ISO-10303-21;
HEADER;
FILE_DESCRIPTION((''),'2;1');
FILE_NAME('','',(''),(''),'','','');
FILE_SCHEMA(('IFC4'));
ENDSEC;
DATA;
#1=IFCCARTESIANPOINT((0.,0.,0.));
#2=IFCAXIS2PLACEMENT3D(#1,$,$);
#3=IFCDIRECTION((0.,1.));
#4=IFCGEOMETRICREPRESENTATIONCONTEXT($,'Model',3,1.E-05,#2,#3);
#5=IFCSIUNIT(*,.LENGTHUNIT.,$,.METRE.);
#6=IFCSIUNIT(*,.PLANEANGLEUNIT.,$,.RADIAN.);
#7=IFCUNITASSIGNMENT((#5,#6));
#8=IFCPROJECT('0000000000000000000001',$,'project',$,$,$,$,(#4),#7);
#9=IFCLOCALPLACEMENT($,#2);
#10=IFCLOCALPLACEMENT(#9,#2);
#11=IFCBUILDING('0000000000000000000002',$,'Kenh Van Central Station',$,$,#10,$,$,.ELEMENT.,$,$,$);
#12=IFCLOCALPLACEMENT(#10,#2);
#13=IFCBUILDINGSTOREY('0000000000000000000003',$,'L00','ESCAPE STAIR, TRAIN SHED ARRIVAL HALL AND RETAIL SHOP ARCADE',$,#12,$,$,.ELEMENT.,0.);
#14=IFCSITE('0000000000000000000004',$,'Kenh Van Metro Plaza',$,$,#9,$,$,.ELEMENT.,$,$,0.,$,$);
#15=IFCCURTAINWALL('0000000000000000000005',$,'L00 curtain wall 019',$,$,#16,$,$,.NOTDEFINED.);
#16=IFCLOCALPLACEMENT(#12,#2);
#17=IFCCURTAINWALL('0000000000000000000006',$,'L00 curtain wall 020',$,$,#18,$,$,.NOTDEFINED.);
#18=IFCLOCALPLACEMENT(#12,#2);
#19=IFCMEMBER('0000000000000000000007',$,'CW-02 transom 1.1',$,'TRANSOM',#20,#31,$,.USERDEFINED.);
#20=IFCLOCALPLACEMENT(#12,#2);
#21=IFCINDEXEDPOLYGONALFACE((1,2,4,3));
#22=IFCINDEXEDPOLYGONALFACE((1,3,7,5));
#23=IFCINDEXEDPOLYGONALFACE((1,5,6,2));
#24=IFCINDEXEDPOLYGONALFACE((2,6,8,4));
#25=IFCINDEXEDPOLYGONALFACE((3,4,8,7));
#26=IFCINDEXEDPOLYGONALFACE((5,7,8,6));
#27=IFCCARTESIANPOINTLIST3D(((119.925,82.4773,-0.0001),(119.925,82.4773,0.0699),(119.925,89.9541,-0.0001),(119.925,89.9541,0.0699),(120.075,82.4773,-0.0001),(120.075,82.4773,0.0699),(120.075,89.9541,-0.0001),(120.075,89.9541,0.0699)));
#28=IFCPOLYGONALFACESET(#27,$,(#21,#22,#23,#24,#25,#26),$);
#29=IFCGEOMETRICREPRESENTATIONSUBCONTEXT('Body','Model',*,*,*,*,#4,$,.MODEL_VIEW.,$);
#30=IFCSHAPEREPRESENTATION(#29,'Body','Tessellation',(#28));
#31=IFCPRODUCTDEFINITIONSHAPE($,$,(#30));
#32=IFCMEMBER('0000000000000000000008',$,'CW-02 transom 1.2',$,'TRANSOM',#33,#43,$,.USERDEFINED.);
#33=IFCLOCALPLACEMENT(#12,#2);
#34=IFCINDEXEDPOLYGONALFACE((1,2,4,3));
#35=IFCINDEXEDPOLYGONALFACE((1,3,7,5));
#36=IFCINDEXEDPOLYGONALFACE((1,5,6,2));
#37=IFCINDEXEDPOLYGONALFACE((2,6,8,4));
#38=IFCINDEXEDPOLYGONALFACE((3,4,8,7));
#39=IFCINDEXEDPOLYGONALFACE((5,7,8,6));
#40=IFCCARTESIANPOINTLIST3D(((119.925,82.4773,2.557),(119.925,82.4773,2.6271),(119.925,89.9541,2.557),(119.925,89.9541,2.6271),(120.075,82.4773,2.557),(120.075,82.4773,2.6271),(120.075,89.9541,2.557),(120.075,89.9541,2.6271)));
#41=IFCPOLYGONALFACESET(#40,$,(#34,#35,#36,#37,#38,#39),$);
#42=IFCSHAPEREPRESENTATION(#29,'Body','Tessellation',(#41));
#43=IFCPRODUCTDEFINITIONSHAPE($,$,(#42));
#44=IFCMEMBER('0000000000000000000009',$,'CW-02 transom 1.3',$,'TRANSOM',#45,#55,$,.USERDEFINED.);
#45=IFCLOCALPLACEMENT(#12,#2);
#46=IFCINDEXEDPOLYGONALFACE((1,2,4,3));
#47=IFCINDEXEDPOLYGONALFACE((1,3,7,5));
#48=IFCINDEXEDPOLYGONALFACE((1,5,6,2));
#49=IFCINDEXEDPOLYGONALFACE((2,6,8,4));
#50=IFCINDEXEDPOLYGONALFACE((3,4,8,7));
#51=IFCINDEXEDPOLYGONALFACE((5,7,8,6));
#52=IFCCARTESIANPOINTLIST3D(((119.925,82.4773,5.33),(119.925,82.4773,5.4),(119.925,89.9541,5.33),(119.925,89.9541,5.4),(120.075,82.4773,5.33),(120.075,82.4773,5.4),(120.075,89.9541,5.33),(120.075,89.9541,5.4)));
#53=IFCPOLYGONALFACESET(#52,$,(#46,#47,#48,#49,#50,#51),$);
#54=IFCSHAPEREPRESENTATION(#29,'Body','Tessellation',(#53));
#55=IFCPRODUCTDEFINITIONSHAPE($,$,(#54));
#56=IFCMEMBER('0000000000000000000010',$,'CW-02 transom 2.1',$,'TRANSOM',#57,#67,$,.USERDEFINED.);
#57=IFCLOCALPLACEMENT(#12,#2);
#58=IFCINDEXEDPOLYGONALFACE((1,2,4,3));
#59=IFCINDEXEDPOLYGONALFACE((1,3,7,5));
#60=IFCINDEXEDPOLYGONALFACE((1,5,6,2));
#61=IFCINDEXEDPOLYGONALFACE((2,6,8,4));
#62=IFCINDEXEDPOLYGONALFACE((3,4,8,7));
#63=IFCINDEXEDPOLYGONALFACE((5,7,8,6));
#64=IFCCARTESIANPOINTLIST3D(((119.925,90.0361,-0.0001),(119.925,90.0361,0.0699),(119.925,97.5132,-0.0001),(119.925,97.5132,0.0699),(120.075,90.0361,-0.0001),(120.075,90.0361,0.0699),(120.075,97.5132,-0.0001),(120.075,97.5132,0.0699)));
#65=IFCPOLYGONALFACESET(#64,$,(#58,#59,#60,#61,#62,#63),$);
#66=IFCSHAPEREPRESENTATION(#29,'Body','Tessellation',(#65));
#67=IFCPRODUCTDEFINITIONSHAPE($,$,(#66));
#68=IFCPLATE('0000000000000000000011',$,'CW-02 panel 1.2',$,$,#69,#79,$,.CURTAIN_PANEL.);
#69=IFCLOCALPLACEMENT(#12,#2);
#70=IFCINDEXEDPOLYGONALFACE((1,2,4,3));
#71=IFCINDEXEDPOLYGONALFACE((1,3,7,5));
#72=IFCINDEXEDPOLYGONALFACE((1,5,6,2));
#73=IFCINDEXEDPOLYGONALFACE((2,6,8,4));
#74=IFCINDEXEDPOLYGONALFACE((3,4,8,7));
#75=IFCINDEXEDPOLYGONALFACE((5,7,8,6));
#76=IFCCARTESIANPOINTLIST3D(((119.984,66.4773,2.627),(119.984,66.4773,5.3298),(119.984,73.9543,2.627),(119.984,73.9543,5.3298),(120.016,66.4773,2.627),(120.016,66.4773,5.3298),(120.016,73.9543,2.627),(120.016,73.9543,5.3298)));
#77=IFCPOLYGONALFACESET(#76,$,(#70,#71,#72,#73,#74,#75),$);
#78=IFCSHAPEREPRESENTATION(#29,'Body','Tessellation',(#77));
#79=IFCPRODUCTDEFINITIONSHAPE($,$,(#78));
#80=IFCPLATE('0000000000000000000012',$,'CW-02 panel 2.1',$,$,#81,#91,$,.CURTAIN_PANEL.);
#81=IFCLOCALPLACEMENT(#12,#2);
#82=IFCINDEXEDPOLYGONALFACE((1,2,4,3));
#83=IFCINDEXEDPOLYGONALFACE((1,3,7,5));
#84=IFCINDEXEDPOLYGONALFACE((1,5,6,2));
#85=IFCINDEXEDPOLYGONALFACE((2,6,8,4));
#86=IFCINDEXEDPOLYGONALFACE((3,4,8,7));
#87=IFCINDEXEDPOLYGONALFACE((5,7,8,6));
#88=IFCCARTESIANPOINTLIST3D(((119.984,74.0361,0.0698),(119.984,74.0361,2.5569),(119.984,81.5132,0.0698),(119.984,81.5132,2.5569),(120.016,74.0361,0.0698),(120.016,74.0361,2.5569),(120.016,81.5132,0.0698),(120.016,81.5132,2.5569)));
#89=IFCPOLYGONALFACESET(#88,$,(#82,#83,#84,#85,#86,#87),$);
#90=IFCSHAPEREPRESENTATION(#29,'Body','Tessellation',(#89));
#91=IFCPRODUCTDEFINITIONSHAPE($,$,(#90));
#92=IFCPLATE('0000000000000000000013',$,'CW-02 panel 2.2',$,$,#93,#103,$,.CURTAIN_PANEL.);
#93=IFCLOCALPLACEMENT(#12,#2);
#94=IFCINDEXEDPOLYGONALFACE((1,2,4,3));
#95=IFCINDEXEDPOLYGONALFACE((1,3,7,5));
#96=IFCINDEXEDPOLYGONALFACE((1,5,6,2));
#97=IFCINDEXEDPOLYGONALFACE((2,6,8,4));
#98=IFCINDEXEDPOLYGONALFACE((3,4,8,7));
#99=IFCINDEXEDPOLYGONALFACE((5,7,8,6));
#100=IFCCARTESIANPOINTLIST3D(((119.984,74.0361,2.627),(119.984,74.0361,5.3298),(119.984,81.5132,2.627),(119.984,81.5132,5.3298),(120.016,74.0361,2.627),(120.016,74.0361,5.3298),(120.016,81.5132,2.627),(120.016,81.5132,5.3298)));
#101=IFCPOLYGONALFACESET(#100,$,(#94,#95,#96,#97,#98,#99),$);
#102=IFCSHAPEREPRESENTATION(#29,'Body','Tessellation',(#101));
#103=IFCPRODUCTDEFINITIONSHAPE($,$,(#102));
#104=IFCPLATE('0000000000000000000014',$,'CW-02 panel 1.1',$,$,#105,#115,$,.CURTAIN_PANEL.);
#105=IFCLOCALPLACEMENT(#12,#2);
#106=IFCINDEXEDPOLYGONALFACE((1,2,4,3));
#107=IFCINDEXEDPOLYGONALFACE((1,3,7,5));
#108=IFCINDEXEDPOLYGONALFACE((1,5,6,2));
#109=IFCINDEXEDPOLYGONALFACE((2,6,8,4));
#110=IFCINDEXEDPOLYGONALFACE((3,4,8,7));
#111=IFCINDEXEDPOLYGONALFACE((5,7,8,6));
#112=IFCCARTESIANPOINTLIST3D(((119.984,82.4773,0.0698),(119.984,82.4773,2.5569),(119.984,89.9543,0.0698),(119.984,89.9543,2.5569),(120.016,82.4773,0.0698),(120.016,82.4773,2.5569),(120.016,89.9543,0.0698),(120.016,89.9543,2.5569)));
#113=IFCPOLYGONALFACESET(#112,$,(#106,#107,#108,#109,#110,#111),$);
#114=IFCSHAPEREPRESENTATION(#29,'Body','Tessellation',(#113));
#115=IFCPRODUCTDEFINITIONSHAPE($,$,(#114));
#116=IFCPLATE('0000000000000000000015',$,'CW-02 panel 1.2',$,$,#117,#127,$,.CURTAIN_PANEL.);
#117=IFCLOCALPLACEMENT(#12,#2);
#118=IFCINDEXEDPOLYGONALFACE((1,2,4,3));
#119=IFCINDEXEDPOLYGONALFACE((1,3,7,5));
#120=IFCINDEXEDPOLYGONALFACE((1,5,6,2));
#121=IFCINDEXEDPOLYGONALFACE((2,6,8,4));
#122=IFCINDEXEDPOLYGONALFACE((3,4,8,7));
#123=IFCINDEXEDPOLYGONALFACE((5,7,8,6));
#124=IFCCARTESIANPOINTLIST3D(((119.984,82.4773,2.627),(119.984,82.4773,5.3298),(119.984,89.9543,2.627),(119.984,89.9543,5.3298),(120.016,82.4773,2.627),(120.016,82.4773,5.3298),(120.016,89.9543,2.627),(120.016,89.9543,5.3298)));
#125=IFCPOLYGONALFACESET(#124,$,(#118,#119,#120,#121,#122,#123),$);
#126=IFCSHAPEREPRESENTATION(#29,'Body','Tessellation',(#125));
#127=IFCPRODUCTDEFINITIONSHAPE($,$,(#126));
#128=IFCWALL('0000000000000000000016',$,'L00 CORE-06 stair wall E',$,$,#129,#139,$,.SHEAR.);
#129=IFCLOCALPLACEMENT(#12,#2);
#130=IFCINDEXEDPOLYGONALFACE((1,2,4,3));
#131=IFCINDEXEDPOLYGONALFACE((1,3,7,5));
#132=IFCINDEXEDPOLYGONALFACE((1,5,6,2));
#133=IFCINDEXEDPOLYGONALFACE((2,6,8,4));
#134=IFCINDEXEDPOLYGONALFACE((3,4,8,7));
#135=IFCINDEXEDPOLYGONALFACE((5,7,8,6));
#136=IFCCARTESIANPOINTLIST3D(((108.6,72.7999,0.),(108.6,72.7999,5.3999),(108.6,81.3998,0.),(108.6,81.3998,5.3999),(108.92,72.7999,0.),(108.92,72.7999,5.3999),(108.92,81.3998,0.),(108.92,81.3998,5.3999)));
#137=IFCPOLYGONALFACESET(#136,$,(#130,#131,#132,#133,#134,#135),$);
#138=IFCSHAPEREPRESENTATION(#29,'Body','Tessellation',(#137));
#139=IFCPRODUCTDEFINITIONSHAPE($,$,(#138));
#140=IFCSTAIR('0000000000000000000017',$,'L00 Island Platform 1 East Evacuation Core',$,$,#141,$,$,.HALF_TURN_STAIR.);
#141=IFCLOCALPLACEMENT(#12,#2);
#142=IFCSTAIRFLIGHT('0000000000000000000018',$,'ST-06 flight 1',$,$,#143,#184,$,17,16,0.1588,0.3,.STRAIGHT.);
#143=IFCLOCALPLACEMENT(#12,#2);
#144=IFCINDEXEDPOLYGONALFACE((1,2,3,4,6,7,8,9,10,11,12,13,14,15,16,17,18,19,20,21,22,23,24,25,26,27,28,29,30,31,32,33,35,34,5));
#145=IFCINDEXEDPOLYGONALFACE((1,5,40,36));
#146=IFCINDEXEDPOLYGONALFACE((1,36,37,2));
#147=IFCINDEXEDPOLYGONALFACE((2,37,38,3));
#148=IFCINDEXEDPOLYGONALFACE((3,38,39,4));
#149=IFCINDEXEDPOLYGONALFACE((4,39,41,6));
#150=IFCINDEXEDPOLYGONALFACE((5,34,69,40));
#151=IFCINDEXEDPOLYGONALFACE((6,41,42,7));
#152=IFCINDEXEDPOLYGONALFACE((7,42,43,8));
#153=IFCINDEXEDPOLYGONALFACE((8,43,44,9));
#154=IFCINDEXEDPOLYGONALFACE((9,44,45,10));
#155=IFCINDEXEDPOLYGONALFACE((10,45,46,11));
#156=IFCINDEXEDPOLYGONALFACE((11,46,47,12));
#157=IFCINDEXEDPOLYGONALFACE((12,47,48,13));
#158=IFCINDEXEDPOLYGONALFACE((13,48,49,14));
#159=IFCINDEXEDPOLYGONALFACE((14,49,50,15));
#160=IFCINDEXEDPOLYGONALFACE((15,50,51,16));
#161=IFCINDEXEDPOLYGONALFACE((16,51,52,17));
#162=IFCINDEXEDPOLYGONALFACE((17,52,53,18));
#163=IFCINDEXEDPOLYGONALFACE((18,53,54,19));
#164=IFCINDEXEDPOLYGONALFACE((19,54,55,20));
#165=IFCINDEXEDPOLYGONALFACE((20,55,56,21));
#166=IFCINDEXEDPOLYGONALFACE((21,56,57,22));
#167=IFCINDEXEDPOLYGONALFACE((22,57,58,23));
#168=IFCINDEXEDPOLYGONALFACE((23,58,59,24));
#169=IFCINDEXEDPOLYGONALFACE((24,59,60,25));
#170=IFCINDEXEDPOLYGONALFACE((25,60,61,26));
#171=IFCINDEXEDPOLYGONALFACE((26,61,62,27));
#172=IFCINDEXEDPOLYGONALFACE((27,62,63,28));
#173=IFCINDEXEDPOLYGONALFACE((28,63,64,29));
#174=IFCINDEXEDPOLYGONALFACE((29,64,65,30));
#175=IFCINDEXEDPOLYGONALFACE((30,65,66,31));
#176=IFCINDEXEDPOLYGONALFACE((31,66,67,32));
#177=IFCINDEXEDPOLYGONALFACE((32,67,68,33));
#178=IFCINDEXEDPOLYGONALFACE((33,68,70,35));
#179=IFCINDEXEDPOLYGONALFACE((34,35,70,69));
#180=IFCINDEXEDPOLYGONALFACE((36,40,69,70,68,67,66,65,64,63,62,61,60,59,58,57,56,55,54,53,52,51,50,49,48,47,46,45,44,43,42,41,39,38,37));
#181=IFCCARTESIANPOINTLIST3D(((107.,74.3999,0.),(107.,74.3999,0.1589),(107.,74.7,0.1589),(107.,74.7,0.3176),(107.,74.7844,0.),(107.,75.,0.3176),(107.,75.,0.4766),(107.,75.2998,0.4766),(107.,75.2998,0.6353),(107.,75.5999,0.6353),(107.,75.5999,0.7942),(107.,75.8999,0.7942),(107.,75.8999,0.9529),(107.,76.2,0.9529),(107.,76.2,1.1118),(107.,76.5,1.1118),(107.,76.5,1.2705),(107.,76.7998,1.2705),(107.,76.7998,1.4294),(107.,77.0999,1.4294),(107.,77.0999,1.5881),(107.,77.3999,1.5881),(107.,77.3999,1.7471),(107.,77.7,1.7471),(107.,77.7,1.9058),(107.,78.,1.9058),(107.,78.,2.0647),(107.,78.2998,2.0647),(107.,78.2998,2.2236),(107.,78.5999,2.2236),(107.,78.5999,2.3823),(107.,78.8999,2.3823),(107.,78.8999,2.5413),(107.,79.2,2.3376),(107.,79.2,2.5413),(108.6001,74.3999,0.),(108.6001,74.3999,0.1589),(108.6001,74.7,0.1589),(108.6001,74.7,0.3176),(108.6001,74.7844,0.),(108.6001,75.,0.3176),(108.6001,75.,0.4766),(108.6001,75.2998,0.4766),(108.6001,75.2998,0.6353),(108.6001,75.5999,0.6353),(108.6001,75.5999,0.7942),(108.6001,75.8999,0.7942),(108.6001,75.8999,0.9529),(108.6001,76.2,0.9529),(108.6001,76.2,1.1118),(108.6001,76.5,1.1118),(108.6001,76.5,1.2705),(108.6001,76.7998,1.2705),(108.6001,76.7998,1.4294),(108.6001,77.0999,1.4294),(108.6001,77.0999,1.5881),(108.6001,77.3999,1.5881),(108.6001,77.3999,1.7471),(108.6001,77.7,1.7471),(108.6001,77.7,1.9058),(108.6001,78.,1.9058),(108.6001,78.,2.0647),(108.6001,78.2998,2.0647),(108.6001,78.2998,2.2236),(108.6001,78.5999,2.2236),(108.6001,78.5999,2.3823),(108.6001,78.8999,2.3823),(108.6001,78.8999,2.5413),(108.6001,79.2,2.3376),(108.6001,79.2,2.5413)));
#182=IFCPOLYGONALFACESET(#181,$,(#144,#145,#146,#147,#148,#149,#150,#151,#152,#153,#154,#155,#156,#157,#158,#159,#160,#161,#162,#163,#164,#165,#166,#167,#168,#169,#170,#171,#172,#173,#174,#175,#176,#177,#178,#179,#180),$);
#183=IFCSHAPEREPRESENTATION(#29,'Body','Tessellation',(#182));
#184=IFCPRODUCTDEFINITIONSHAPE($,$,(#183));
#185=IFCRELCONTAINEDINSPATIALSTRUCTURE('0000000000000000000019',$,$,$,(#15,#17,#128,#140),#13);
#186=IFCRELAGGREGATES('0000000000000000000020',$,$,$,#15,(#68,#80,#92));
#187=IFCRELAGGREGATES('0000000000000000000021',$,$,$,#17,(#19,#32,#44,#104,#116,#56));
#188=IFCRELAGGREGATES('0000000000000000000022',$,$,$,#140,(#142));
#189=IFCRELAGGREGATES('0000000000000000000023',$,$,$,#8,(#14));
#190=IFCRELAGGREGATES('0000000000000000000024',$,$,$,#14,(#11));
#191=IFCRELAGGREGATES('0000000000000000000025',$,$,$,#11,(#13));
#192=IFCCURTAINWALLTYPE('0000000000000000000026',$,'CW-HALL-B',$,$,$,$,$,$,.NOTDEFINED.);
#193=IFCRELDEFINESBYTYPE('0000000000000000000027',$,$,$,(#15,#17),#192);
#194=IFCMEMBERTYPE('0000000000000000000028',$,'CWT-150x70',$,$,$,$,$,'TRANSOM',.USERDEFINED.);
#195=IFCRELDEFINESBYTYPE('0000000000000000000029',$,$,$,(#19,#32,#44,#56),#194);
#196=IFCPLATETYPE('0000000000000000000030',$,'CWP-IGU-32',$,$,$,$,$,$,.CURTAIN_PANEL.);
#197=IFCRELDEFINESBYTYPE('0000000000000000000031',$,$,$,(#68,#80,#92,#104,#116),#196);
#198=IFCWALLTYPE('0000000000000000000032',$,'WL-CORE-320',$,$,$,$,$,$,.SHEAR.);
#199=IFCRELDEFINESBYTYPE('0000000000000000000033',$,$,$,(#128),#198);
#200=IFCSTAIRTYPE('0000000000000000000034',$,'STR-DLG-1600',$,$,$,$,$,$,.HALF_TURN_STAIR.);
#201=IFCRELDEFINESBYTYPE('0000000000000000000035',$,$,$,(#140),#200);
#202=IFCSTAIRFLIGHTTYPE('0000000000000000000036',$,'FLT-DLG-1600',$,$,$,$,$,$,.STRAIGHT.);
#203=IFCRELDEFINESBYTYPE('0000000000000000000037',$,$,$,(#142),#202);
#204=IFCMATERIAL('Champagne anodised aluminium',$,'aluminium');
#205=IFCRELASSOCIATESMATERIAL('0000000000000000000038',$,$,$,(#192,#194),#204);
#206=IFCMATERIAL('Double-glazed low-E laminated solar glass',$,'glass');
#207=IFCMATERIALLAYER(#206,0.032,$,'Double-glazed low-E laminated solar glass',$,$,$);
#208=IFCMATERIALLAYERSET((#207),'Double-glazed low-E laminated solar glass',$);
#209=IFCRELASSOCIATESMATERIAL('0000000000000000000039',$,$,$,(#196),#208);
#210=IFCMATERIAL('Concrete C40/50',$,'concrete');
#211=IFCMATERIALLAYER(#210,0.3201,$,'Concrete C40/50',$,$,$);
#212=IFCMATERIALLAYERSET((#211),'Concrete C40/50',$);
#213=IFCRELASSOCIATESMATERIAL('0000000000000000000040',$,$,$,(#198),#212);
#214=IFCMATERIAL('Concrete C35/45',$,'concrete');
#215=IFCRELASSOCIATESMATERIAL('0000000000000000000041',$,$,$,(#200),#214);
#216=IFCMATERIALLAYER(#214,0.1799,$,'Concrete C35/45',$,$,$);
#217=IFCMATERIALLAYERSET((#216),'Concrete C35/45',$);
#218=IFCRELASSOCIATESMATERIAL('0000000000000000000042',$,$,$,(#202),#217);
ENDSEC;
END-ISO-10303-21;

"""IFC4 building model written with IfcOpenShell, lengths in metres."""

from ifc_helpers import new_model, si_unit, direction, frame, frame_2d, origin, origin_2d, place, context, subcontext, project, spatial, polyline, rectangle, outline, extrude, material, layer, layer_set, material_profile, profile_set, type_object, element, aggregate, save


model = new_model("IFC4")

# Units and contexts
model_context = context("Model", 3, precision=1e-05, world=origin(), true_north=direction((0.0, 1.0)))
body_context = subcontext(model_context, "Body", "Model", "MODEL_VIEW")
ifc_project = project(units=[si_unit("LENGTHUNIT", "METRE"), si_unit("PLANEANGLEUNIT", "RADIAN")], contexts=[model_context])

# Site, building, storey
site_placement = place(None, origin())
site = spatial("IfcSite", under=ifc_project, at=site_placement, Name="Kenh Van Metro Plaza", CompositionType="ELEMENT", RefElevation=0.0)
building_placement = place(site_placement, origin())
building = spatial("IfcBuilding", under=site, at=building_placement, Name="Kenh Van Central Station", CompositionType="ELEMENT")
storey_placement = place(building_placement, origin())
storey = spatial("IfcBuildingStorey", under=building, at=storey_placement, Name="L00", Description="ESCAPE STAIR, TRAIN SHED ARRIVAL HALL AND RETAIL SHOP ARCADE", CompositionType="ELEMENT", Elevation=0.0)

# Shared definitions
ifc_material_1 = material(Name="Concrete C40/50", Category="concrete")

# Curtain walls
ifc_material_2 = material(Name="Champagne anodised aluminium", Category="aluminium")
curtain_wall_type_1 = type_object("IfcCurtainWallType", Name="CW-HALL-B", PredefinedType="NOTDEFINED", material=ifc_material_2)
curtain_wall_1_placement = place(storey_placement, origin())
curtain_wall_1 = element("IfcCurtainWall", 1, at=curtain_wall_1_placement, inside=storey, type_object=curtain_wall_type_1, Name="L00 curtain wall 019", PredefinedType="NOTDEFINED")
curtain_wall_2_placement = place(storey_placement, origin())
curtain_wall_2 = element("IfcCurtainWall", 2, at=curtain_wall_2_placement, inside=storey, type_object=curtain_wall_type_1, Name="L00 curtain wall 020", PredefinedType="NOTDEFINED")

# Members
ifc_material_profile_1 = material_profile(ifc_material_2, rectangle(XDim=0.1499, YDim=0.0701, at=origin_2d()), Name="AL 150x70")
ifc_profile_set_1 = profile_set([ifc_material_profile_1], Name="Champagne anodised aluminium")
member_type_1 = type_object("IfcMemberType", Name="CWT-150x70", ElementType="TRANSOM", PredefinedType="USERDEFINED", material=ifc_profile_set_1)
member_1_placement = place(storey_placement, frame((120.0, 82.4773, 0.0349), z_axis=(0.0, 1.0, 0.0), x_axis=(-1.0, 0.0, 0.0)))
member_1 = element("IfcMember", 3, at=member_1_placement, type_object=member_type_1, Name="CW-02 transom 1.1", ObjectType="TRANSOM", PredefinedType="USERDEFINED", context=body_context, shape_type="SweptSolid", body=[
    extrude(rectangle(XDim=0.1499, YDim=0.0701, at=origin_2d()), origin(), (0.0, 0.0, 1.0), 7.4768),
])
member_2_placement = place(storey_placement, frame((120.0, 82.4773, 2.592), z_axis=(0.0, 1.0, 0.0), x_axis=(-1.0, 0.0, 0.0)))
member_2 = element("IfcMember", 4, at=member_2_placement, type_object=member_type_1, Name="CW-02 transom 1.2", ObjectType="TRANSOM", PredefinedType="USERDEFINED", context=body_context, shape_type="SweptSolid", body=[
    extrude(rectangle(XDim=0.1499, YDim=0.0701, at=origin_2d()), origin(), (0.0, 0.0, 1.0), 7.4768),
])
member_3_placement = place(storey_placement, frame((120.0, 82.4773, 5.365), z_axis=(0.0, 1.0, 0.0), x_axis=(-1.0, 0.0, 0.0)))
member_3 = element("IfcMember", 5, at=member_3_placement, type_object=member_type_1, Name="CW-02 transom 1.3", ObjectType="TRANSOM", PredefinedType="USERDEFINED", context=body_context, shape_type="SweptSolid", body=[
    extrude(rectangle(XDim=0.1499, YDim=0.0701, at=origin_2d()), origin(), (0.0, 0.0, 1.0), 7.4768),
])
member_4_placement = place(storey_placement, frame((120.0, 90.0361, 0.0349), z_axis=(0.0, 1.0, 0.0), x_axis=(-1.0, 0.0, 0.0)))
member_4 = element("IfcMember", 6, at=member_4_placement, type_object=member_type_1, Name="CW-02 transom 2.1", ObjectType="TRANSOM", PredefinedType="USERDEFINED", context=body_context, shape_type="SweptSolid", body=[
    extrude(rectangle(XDim=0.1499, YDim=0.0701, at=origin_2d()), origin(), (0.0, 0.0, 1.0), 7.4771),
])

# Plates
ifc_material_3 = material(Name="Double-glazed low-E laminated solar glass", Category="glass")
ifc_layer_1 = layer(ifc_material_3, 0.032, Name="Double-glazed low-E laminated solar glass")
ifc_layer_set_1 = layer_set([ifc_layer_1], Name="Double-glazed low-E laminated solar glass")
plate_type = type_object("IfcPlateType", Name="CWP-IGU-32", PredefinedType="CURTAIN_PANEL", material=ifc_layer_set_1)
plate_1_placement = place(storey_placement, frame((120.0, 70.2158, 2.627), z_axis=(0.0, 0.0, 1.0), x_axis=(0.0, 1.0, 0.0)))
plate_1 = element("IfcPlate", 7, at=plate_1_placement, type_object=plate_type, Name="CW-02 panel 1.2", PredefinedType="CURTAIN_PANEL", context=body_context, shape_type="SweptSolid", body=[
    extrude(rectangle(XDim=7.4771, YDim=0.032, at=origin_2d()), origin(), (0.0, 0.0, 1.0), 2.7029),
])
plate_2_placement = place(storey_placement, frame((120.0, 77.7747, 0.0698), z_axis=(0.0, 0.0, 1.0), x_axis=(0.0, 1.0, 0.0)))
plate_2 = element("IfcPlate", 8, at=plate_2_placement, type_object=plate_type, Name="CW-02 panel 2.1", PredefinedType="CURTAIN_PANEL", context=body_context, shape_type="SweptSolid", body=[
    extrude(rectangle(XDim=7.4771, YDim=0.032, at=origin_2d()), origin(), (0.0, 0.0, 1.0), 2.4871),
])
plate_3_placement = place(storey_placement, frame((120.0, 77.7747, 2.627), z_axis=(0.0, 0.0, 1.0), x_axis=(0.0, 1.0, 0.0)))
plate_3 = element("IfcPlate", 9, at=plate_3_placement, type_object=plate_type, Name="CW-02 panel 2.2", PredefinedType="CURTAIN_PANEL", context=body_context, shape_type="SweptSolid", body=[
    extrude(rectangle(XDim=7.4771, YDim=0.032, at=origin_2d()), origin(), (0.0, 0.0, 1.0), 2.7029),
])
aggregate(curtain_wall_1, [plate_1, plate_2, plate_3])
plate_4_placement = place(storey_placement, frame((120.0, 86.2158, 0.0698), z_axis=(0.0, 0.0, 1.0), x_axis=(0.0, 1.0, 0.0)))
plate_4 = element("IfcPlate", 10, at=plate_4_placement, type_object=plate_type, Name="CW-02 panel 1.1", PredefinedType="CURTAIN_PANEL", context=body_context, shape_type="SweptSolid", body=[
    extrude(rectangle(XDim=7.4771, YDim=0.032, at=origin_2d()), origin(), (0.0, 0.0, 1.0), 2.4871),
])
plate_5_placement = place(storey_placement, frame((120.0, 86.2158, 2.627), z_axis=(0.0, 0.0, 1.0), x_axis=(0.0, 1.0, 0.0)))
plate_5 = element("IfcPlate", 11, at=plate_5_placement, type_object=plate_type, Name="CW-02 panel 1.2", PredefinedType="CURTAIN_PANEL", context=body_context, shape_type="SweptSolid", body=[
    extrude(rectangle(XDim=7.4771, YDim=0.032, at=origin_2d()), origin(), (0.0, 0.0, 1.0), 2.7029),
])
aggregate(curtain_wall_2, [member_1, member_2, member_3, plate_4, plate_5, member_4])

# Wall
ifc_layer_2 = layer(ifc_material_1, 0.3201, Name="Concrete C40/50")
ifc_layer_set_2 = layer_set([ifc_layer_2], Name="Concrete C40/50")
wall_type = type_object("IfcWallType", Name="WL-CORE-320", PredefinedType="SHEAR", material=ifc_layer_set_2)
wall_placement = place(storey_placement, frame((108.76, 72.8, 0.0), z_axis=(0.0, 0.0, 1.0), x_axis=(0.0, 1.0, 0.0)))
element("IfcWall", 12, at=wall_placement, inside=storey, type_object=wall_type, Name="L00 CORE-06 stair wall E", PredefinedType="SHEAR", context=body_context, shape_type="SweptSolid", body=[
    extrude(rectangle(XDim=8.5999, YDim=0.3201, at=frame_2d((4.2998, 0.0))), origin(), (0.0, 0.0, 1.0), 5.3999),
])

# Stair, stair flight
ifc_material_4 = material(Name="Concrete C35/45", Category="concrete")
stair_type = type_object("IfcStairType", Name="STR-DLG-1600", PredefinedType="HALF_TURN_STAIR", material=ifc_material_4)
stair_placement = place(storey_placement, origin())
stair = element("IfcStair", 13, at=stair_placement, inside=storey, type_object=stair_type, Name="L00 Island Platform 1 East Evacuation Core", PredefinedType="HALF_TURN_STAIR")
ifc_layer_3 = layer(ifc_material_4, 0.1799, Name="Concrete C35/45")
ifc_layer_set_3 = layer_set([ifc_layer_3], Name="Concrete C35/45")
stair_flight_type = type_object("IfcStairFlightType", Name="FLT-DLG-1600", PredefinedType="STRAIGHT", material=ifc_layer_set_3)
stair_flight_placement = place(storey_placement, frame((107.8, 74.3999, 0.0), z_axis=(0.0, 0.0, 1.0), x_axis=(0.0, 1.0, 0.0)))
stair_flight = element("IfcStairFlight", 14, at=stair_flight_placement, type_object=stair_flight_type, Name="ST-06 flight 1", NumberOfRisers=17, NumberOfTreads=16, PredefinedType="STRAIGHT", RiserHeight=0.1588, TreadLength=0.3, context=body_context, shape_type="SweptSolid", body=[
    extrude(outline(polyline([(0.0, 0.0), (0.0, 0.1589), (0.3, 0.1589), (0.3, 0.3176), (0.6001, 0.3176), (0.6001, 0.4766), (0.8999, 0.4766), (0.8999, 0.6353), (1.2, 0.6353), (1.2, 0.7942), (1.5, 0.7942), (1.5, 0.9529), (1.8, 0.9529), (1.8, 1.1118), (2.1001, 1.1118), (2.1001, 1.2705), (2.3999, 1.2705), (2.3999, 1.4294), (2.7, 1.4294), (2.7, 1.5881), (3.0, 1.5881), (3.0, 1.7471), (3.3, 1.7471), (3.3, 1.9058), (3.6001, 1.9058), (3.6001, 2.0647), (3.8999, 2.0647), (3.8999, 2.2236), (4.2, 2.2236), (4.2, 2.3823), (4.5, 2.3823), (4.5, 2.5413), (4.8, 2.5413), (4.8, 2.7), (4.8, 2.3376), (0.3845, 0.0), (0.0, 0.0)])), frame((0.0, 0.8, 0.0), z_axis=(0.0, -1.0, 0.0), x_axis=(1.0, 0.0, 0.0)), (0.0, 0.0, 1.0), 1.6001),
])
aggregate(stair, [stair_flight])

save(model, "model.ifc")
